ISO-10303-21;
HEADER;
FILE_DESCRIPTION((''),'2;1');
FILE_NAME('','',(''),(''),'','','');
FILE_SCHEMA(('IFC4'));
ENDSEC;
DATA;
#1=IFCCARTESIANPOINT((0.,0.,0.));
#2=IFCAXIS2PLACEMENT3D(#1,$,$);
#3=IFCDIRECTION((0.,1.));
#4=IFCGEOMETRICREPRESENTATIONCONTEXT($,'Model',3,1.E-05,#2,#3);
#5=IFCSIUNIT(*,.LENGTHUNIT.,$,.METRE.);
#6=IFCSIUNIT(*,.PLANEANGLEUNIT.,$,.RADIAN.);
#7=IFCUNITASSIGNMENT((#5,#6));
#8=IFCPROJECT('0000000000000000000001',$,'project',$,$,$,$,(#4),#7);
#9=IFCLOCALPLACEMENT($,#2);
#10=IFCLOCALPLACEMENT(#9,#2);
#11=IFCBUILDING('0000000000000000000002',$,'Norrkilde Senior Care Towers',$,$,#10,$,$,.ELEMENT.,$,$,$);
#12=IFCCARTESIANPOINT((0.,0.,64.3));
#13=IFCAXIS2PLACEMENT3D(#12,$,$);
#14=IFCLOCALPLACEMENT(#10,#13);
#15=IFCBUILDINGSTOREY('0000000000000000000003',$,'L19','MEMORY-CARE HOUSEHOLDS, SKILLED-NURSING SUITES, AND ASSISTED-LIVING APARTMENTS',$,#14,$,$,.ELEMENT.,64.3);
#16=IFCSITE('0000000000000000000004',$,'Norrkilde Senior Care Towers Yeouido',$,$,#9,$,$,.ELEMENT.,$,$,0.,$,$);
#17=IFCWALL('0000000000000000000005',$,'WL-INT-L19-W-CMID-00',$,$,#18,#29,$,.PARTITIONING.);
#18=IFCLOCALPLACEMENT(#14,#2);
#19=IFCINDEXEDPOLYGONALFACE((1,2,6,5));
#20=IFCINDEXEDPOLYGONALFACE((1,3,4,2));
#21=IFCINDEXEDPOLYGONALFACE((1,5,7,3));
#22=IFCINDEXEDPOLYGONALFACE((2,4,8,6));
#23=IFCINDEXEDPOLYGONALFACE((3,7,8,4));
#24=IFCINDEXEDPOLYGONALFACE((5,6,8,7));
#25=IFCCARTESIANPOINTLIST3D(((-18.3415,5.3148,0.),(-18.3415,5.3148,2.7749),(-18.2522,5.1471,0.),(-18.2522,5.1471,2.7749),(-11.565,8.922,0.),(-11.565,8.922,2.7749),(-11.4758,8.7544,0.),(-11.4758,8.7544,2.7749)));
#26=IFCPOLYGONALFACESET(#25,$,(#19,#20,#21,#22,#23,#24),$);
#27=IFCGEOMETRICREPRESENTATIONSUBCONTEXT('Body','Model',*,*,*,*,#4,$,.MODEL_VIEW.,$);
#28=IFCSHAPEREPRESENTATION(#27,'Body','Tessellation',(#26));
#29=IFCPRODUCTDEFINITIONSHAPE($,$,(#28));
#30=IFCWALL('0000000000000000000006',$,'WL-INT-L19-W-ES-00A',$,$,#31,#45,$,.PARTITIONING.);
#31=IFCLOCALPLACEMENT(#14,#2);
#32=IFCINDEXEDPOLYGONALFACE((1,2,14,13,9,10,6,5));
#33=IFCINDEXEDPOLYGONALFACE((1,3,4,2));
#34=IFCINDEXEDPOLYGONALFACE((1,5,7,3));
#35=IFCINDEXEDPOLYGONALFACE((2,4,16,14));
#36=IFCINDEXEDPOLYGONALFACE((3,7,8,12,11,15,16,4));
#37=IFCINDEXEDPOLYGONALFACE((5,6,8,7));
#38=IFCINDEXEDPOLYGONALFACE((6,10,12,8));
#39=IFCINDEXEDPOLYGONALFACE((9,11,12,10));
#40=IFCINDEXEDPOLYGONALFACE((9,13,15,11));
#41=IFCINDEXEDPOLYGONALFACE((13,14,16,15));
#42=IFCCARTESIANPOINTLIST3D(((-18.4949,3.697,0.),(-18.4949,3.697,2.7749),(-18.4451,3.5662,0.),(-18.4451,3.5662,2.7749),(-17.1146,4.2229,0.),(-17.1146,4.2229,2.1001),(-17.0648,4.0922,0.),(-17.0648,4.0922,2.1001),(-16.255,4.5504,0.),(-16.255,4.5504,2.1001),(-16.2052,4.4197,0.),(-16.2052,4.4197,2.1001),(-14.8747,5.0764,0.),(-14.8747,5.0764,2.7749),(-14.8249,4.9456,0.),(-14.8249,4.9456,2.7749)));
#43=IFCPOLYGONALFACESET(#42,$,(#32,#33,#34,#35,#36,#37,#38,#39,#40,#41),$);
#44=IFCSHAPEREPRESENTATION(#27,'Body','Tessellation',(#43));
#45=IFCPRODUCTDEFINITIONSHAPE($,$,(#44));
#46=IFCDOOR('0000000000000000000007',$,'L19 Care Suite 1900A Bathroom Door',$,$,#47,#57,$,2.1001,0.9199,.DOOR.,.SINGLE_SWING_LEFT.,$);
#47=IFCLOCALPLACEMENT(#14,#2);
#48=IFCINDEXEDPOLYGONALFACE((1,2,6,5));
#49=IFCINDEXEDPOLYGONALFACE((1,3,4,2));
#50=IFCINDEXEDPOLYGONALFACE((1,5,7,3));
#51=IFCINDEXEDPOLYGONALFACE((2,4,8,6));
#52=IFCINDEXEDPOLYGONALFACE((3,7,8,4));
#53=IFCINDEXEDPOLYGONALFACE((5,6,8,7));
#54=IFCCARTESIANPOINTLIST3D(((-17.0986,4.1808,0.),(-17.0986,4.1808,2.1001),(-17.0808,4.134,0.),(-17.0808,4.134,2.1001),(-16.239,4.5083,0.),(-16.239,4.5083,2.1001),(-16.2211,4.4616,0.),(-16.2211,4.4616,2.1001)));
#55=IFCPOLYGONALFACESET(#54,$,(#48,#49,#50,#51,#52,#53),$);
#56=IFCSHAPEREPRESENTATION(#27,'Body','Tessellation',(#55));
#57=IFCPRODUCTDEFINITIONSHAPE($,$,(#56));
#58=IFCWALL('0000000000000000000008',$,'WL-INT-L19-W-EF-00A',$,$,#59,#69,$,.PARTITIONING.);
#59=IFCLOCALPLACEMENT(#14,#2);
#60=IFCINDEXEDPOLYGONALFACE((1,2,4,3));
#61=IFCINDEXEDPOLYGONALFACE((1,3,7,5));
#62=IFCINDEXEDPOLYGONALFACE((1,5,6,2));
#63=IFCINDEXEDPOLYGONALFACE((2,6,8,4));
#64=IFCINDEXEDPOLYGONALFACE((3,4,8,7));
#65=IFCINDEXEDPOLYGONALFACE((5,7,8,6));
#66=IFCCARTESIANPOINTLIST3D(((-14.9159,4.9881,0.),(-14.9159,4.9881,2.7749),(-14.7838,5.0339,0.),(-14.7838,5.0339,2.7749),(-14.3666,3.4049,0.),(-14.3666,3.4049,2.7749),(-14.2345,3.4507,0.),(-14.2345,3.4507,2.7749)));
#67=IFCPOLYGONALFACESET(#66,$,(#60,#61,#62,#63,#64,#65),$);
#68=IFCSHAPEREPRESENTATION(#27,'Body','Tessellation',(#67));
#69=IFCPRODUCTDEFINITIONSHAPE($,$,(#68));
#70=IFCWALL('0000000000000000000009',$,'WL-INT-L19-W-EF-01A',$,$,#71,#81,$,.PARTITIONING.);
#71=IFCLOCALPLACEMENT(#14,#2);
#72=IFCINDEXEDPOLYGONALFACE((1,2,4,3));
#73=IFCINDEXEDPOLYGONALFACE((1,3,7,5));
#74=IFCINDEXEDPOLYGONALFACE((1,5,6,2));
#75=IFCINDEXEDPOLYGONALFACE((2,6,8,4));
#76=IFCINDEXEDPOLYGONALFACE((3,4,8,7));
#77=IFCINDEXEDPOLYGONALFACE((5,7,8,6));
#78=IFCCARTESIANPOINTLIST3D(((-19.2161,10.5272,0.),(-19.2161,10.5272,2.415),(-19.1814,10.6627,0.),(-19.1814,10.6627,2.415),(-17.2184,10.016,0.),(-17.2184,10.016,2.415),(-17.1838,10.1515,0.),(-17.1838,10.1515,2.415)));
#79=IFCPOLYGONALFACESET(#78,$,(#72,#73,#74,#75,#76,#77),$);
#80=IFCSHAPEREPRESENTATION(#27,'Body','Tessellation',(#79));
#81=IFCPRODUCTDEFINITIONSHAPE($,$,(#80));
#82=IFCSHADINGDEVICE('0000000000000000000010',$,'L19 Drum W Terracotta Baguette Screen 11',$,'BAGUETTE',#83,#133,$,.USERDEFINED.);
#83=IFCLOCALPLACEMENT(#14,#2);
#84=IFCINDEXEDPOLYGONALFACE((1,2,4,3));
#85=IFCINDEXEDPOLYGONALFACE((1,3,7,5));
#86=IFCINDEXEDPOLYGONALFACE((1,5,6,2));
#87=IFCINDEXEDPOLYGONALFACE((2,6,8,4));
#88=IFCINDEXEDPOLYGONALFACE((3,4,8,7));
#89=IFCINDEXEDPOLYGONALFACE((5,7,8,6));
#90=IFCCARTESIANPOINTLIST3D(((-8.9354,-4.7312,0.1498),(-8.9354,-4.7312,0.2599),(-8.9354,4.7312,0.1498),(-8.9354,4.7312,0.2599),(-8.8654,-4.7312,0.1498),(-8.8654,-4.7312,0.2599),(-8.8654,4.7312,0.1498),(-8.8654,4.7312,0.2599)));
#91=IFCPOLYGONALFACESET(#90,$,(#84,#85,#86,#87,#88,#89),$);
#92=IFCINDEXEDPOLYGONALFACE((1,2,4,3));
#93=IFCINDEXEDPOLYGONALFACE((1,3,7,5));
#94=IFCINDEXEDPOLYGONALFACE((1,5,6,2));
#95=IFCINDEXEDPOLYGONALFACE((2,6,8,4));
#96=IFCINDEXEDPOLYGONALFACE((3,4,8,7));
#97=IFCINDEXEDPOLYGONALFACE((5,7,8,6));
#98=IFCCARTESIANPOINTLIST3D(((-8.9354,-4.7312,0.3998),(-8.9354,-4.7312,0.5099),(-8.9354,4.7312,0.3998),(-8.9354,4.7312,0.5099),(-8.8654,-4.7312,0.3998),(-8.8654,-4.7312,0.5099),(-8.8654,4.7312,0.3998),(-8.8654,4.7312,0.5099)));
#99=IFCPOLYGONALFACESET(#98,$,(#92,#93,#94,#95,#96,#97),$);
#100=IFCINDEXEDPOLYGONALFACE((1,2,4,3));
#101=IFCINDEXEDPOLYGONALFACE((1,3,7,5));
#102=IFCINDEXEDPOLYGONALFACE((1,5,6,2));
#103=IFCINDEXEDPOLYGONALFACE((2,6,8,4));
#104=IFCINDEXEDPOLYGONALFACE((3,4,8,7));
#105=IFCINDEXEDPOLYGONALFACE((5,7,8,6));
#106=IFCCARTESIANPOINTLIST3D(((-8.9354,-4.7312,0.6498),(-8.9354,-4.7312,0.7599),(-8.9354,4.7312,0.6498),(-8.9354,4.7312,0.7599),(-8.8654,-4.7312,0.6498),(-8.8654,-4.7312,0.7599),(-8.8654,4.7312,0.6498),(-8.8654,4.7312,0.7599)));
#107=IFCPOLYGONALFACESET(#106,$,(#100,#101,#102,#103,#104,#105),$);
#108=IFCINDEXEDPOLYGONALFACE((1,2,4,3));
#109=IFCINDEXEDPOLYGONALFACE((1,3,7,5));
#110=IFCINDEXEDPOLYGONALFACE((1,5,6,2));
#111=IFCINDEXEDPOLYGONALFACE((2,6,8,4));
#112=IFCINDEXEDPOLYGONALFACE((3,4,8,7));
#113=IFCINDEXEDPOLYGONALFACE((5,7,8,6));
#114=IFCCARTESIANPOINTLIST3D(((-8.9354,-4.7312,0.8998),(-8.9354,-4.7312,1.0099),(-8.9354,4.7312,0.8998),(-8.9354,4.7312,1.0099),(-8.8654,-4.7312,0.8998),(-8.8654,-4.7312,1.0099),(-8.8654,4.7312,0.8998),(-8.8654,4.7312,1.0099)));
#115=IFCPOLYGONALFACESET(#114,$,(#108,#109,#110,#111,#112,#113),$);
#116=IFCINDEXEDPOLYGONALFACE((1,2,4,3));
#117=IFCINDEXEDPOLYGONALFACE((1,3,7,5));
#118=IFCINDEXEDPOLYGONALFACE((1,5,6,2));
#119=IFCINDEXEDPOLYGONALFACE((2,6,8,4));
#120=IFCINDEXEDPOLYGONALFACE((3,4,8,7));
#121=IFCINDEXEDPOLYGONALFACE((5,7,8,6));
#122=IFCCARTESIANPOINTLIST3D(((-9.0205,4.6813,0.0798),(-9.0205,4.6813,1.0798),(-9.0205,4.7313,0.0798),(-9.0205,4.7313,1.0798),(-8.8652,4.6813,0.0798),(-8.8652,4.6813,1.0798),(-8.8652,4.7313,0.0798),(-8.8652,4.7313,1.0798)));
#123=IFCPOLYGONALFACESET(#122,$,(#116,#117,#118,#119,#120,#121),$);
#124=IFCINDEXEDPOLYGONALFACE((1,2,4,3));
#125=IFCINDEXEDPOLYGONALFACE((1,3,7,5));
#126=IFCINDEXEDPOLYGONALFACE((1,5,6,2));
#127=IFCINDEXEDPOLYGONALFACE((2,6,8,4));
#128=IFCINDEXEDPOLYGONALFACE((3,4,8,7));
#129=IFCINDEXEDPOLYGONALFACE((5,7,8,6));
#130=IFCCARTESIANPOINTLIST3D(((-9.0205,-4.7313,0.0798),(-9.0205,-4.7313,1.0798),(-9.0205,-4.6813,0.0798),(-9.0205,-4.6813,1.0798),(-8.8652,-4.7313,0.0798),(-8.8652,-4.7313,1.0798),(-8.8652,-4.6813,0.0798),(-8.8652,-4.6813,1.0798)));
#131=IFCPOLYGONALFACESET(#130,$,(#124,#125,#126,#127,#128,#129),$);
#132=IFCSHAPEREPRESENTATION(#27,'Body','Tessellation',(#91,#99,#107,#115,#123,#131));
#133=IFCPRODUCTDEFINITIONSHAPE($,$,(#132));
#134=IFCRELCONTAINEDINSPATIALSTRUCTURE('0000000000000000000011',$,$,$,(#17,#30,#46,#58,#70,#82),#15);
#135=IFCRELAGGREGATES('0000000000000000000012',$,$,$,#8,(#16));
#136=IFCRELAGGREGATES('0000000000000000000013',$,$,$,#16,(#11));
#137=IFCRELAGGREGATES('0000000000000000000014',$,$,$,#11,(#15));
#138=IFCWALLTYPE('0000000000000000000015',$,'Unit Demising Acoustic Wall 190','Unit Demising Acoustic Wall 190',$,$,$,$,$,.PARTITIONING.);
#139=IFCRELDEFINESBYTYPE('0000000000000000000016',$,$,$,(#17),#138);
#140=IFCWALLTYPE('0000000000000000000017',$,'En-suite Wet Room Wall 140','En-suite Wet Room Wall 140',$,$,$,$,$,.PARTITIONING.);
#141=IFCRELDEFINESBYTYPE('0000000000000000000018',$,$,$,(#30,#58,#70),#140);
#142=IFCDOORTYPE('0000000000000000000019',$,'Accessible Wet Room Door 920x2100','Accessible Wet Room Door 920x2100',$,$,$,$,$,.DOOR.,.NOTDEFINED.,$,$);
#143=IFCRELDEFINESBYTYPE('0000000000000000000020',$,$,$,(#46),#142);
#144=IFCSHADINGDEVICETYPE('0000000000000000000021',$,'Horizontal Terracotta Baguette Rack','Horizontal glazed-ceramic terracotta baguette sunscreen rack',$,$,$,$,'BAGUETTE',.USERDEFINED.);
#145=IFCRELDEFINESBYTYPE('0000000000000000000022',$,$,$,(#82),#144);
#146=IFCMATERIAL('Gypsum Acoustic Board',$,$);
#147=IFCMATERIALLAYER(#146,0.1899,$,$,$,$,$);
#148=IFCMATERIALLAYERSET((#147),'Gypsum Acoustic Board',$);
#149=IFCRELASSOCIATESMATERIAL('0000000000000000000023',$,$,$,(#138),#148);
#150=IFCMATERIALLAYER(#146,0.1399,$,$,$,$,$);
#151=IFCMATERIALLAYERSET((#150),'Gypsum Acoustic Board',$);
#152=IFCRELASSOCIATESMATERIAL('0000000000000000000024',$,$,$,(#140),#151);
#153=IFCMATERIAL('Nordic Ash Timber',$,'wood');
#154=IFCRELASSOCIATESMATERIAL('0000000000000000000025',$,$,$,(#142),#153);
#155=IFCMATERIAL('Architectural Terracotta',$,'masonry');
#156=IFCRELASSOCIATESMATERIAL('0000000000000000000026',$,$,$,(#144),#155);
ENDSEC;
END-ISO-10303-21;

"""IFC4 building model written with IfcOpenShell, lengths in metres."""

from ifc_helpers import new_model, si_unit, direction, frame, frame_2d, origin, origin_2d, place, context, subcontext, project, spatial, rectangle, extrude, source, transform, mapped, material, layer, layer_set, type_object, type_shapes, element, fill, save


model = new_model("IFC4")

# Units and contexts
model_context = context("Model", 3, precision=1e-05, world=origin(), true_north=direction((0.0, 1.0)))
body_context = subcontext(model_context, "Body", "Model", "MODEL_VIEW")
ifc_project = project(units=[si_unit("LENGTHUNIT", "METRE"), si_unit("PLANEANGLEUNIT", "RADIAN")], contexts=[model_context])

# Site, building, storey
site_placement = place(None, origin())
site = spatial("IfcSite", under=ifc_project, at=site_placement, Name="Norrkilde Senior Care Towers Yeouido", CompositionType="ELEMENT", RefElevation=0.0)
building_placement = place(site_placement, origin())
building = spatial("IfcBuilding", under=site, at=building_placement, Name="Norrkilde Senior Care Towers", CompositionType="ELEMENT")
storey_placement = place(building_placement, frame((0.0, 0.0, 64.3)))
storey = spatial("IfcBuildingStorey", under=building, at=storey_placement, Name="L19", Description="MEMORY-CARE HOUSEHOLDS, SKILLED-NURSING SUITES, AND ASSISTED-LIVING APARTMENTS", CompositionType="ELEMENT", Elevation=64.3)

# Shared definitions
ifc_material_1 = material(Name="Gypsum Acoustic Board")
ifc_material_2 = material(Name="Nordic Ash Timber", Category="wood")

# Wall
ifc_layer_1 = layer(ifc_material_1, 0.1899)
ifc_layer_set_1 = layer_set([ifc_layer_1], Name="Gypsum Acoustic Board")
wall_type_1 = type_object("IfcWallType", Name="Unit Demising Acoustic Wall 190", Description="Unit Demising Acoustic Wall 190", PredefinedType="PARTITIONING", material=ifc_layer_set_1)
shared_shape_1 = source(origin(), body_context, "Body", "SweptSolid", [
    extrude(rectangle(XDim=7.6768, YDim=0.1899, at=frame_2d((3.8384, 0.0))), origin(), (0.0, 0.0, 1.0), 2.7749),
])
wall_1_placement = place(storey_placement, frame((-18.2969, 5.231, 0.0), z_axis=(0.0, 0.0, 1.0), x_axis=(0.882725, 0.46989, 0.0)))
element("IfcWall", 1, at=wall_1_placement, inside=storey, type_object=wall_type_1, Name="WL-INT-L19-W-CMID-00", PredefinedType="PARTITIONING", context=body_context, shape_type="MappedRepresentation", body=[
    mapped(shared_shape_1, transform((0.0, 0.0, 0.0), x_axis=(1.0, 0.0, 0.0), y_axis=(0.0, 1.0, 0.0), z_axis=(0.0, 0.0, 1.0), scale=1.0)),
])

# Wall, opening, door
ifc_layer_2 = layer(ifc_material_1, 0.1399)
ifc_layer_set_2 = layer_set([ifc_layer_2], Name="Gypsum Acoustic Board")
wall_type_2 = type_object("IfcWallType", Name="En-suite Wet Room Wall 140", Description="En-suite Wet Room Wall 140", PredefinedType="PARTITIONING", material=ifc_layer_set_2)
shared_shape_2 = source(origin(), body_context, "Body", "SweptSolid", [
    extrude(rectangle(XDim=3.874, YDim=0.1399, at=frame_2d((1.937, 0.0))), origin(), (0.0, 0.0, 1.0), 2.7749),
])
wall_2_placement = place(storey_placement, frame((-18.47, 3.6316, 0.0), z_axis=(0.0, 0.0, 1.0), x_axis=(0.934462, 0.356063, 0.0)))
wall_2 = element("IfcWall", 2, at=wall_2_placement, inside=storey, type_object=wall_type_2, Name="WL-INT-L19-W-ES-00A", PredefinedType="PARTITIONING", context=body_context, shape_type="MappedRepresentation", body=[
    mapped(shared_shape_2, transform((0.0, 0.0, 0.0), x_axis=(1.0, 0.0, 0.0), y_axis=(0.0, 1.0, 0.0), z_axis=(0.0, 0.0, 1.0), scale=1.0)),
])
opening_1_placement = place(wall_2_placement, frame((1.4771, 0.0, 0.0)))
opening_1 = element("IfcOpeningElement", 3, at=opening_1_placement, cuts=wall_2, PredefinedType="OPENING", context=body_context, shape_type="SweptSolid", body=[
    extrude(rectangle(XDim=0.9199, YDim=2.1001, at=frame_2d((0.46, 1.05))), frame((0.0, 0.0798, 0.0), z_axis=(0.0, -1.0, 0.0), x_axis=(1.0, 0.0, 0.0)), (0.0, 0.0, 1.0), 0.1599),
])
door_type_1 = type_object("IfcDoorType", Name="Accessible Wet Room Door 920x2100", Description="Accessible Wet Room Door 920x2100", OperationType="NOTDEFINED", PredefinedType="DOOR", material=ifc_material_2)
shared_shape_3 = source(origin(), body_context, "Body", "SweptSolid", [
    extrude(rectangle(XDim=0.9199, YDim=2.1001, at=frame_2d((0.46, 1.05))), frame((0.0, 0.0249, 0.0), z_axis=(0.0, -1.0, 0.0), x_axis=(1.0, 0.0, 0.0)), (0.0, 0.0, 1.0), 0.05),
])
type_shapes(door_type_1, [shared_shape_3])
door_1_placement = place(opening_1_placement, origin())
door_1 = element("IfcDoor", 4, at=door_1_placement, inside=storey, type_object=door_type_1, Name="L19 Care Suite 1900A Bathroom Door", OperationType="SINGLE_SWING_LEFT", OverallHeight=2.1001, OverallWidth=0.9199, PredefinedType="DOOR", context=body_context, shape_type="MappedRepresentation", body=[
    mapped(shared_shape_3, transform((0.0, 0.0, 0.0), x_axis=(1.0, 0.0, 0.0), y_axis=(0.0, 1.0, 0.0), z_axis=(0.0, 0.0, 1.0), scale=1.0)),
])
fill(opening_1, door_1)

# Walls
shared_shape_4 = source(origin(), body_context, "Body", "SweptSolid", [
    extrude(rectangle(XDim=1.6758, YDim=0.1399, at=frame_2d((0.8379, 0.0))), origin(), (0.0, 0.0, 1.0), 2.7749),
])
wall_3_placement = place(storey_placement, frame((-14.8499, 5.011, 0.0), z_axis=(0.0, 0.0, 1.0), x_axis=(0.327786, -0.944752, 0.0)))
element("IfcWall", 5, at=wall_3_placement, inside=storey, type_object=wall_type_2, Name="WL-INT-L19-W-EF-00A", PredefinedType="PARTITIONING", context=body_context, shape_type="MappedRepresentation", body=[
    mapped(shared_shape_4, transform((0.0, 0.0, 0.0), x_axis=(1.0, 0.0, 0.0), y_axis=(0.0, 1.0, 0.0), z_axis=(0.0, 0.0, 1.0), scale=1.0)),
])
shared_shape_5 = source(origin(), body_context, "Body", "SweptSolid", [
    extrude(rectangle(XDim=2.062, YDim=0.1399, at=frame_2d((1.031, 0.0))), origin(), (0.0, 0.0, 1.0), 2.415),
])
type_shapes(wall_type_2, [shared_shape_2, shared_shape_4, shared_shape_5])
wall_4_placement = place(storey_placement, frame((-19.1987, 10.595, 0.0), z_axis=(0.0, 0.0, 1.0), x_axis=(0.968776, -0.247937, 0.0)))
element("IfcWall", 6, at=wall_4_placement, inside=storey, type_object=wall_type_2, Name="WL-INT-L19-W-EF-01A", PredefinedType="PARTITIONING", context=body_context, shape_type="MappedRepresentation", body=[
    mapped(shared_shape_5, transform((0.0, 0.0, 0.0), x_axis=(1.0, 0.0, 0.0), y_axis=(0.0, 1.0, 0.0), z_axis=(0.0, 0.0, 1.0), scale=1.0)),
])

# Shading device
ifc_material_3 = material(Name="Architectural Terracotta", Category="masonry")
shading_device_type = type_object("IfcShadingDeviceType", Name="Horizontal Terracotta Baguette Rack", Description="Horizontal glazed-ceramic terracotta baguette sunscreen rack", ElementType="BAGUETTE", PredefinedType="USERDEFINED", material=ifc_material_3)
shared_shape_6 = source(origin(), body_context, "Body", "SweptSolid", [
    extrude(rectangle(XDim=0.0701, YDim=0.1101, at=origin_2d()), frame((0.0, 0.0901, 0.125), z_axis=(1.0, 0.0, 0.0), x_axis=(0.0, 1.0, 0.0)), (0.0, 0.0, 1.0), 9.4624),
    extrude(rectangle(XDim=0.0701, YDim=0.1101, at=origin_2d()), frame((0.0, 0.0901, 0.375), z_axis=(1.0, 0.0, 0.0), x_axis=(0.0, 1.0, 0.0)), (0.0, 0.0, 1.0), 9.4624),
    extrude(rectangle(XDim=0.0701, YDim=0.1101, at=origin_2d()), frame((0.0, 0.0901, 0.625), z_axis=(1.0, 0.0, 0.0), x_axis=(0.0, 1.0, 0.0)), (0.0, 0.0, 1.0), 9.4624),
    extrude(rectangle(XDim=0.0701, YDim=0.1101, at=origin_2d()), frame((0.0, 0.0901, 0.875), z_axis=(1.0, 0.0, 0.0), x_axis=(0.0, 1.0, 0.0)), (0.0, 0.0, 1.0), 9.4624),
    extrude(rectangle(XDim=0.05, YDim=0.1553, at=origin_2d()), frame((0.0249, 0.0476, 0.0)), (0.0, 0.0, 1.0), 1.0),
    extrude(rectangle(XDim=0.05, YDim=0.1553, at=origin_2d()), frame((9.4375, 0.0476, 0.0)), (0.0, 0.0, 1.0), 1.0),
])
type_shapes(shading_device_type, [shared_shape_6])
shading_device_placement = place(storey_placement, frame((-8.9905, 4.7312, 0.0798), z_axis=(0.0, 0.0, 1.0), x_axis=(0.0, -1.0, 0.0)))
element("IfcShadingDevice", 7, at=shading_device_placement, inside=storey, type_object=shading_device_type, Name="L19 Drum W Terracotta Baguette Screen 11", ObjectType="BAGUETTE", PredefinedType="USERDEFINED", context=body_context, shape_type="MappedRepresentation", body=[
    mapped(shared_shape_6, transform((0.0, 0.0, 0.0), x_axis=(1.0, 0.0, 0.0), y_axis=(0.0, 1.0, 0.0), z_axis=(0.0, 0.0, 1.0), scale=1.0)),
])

save(model, "model.ifc")
